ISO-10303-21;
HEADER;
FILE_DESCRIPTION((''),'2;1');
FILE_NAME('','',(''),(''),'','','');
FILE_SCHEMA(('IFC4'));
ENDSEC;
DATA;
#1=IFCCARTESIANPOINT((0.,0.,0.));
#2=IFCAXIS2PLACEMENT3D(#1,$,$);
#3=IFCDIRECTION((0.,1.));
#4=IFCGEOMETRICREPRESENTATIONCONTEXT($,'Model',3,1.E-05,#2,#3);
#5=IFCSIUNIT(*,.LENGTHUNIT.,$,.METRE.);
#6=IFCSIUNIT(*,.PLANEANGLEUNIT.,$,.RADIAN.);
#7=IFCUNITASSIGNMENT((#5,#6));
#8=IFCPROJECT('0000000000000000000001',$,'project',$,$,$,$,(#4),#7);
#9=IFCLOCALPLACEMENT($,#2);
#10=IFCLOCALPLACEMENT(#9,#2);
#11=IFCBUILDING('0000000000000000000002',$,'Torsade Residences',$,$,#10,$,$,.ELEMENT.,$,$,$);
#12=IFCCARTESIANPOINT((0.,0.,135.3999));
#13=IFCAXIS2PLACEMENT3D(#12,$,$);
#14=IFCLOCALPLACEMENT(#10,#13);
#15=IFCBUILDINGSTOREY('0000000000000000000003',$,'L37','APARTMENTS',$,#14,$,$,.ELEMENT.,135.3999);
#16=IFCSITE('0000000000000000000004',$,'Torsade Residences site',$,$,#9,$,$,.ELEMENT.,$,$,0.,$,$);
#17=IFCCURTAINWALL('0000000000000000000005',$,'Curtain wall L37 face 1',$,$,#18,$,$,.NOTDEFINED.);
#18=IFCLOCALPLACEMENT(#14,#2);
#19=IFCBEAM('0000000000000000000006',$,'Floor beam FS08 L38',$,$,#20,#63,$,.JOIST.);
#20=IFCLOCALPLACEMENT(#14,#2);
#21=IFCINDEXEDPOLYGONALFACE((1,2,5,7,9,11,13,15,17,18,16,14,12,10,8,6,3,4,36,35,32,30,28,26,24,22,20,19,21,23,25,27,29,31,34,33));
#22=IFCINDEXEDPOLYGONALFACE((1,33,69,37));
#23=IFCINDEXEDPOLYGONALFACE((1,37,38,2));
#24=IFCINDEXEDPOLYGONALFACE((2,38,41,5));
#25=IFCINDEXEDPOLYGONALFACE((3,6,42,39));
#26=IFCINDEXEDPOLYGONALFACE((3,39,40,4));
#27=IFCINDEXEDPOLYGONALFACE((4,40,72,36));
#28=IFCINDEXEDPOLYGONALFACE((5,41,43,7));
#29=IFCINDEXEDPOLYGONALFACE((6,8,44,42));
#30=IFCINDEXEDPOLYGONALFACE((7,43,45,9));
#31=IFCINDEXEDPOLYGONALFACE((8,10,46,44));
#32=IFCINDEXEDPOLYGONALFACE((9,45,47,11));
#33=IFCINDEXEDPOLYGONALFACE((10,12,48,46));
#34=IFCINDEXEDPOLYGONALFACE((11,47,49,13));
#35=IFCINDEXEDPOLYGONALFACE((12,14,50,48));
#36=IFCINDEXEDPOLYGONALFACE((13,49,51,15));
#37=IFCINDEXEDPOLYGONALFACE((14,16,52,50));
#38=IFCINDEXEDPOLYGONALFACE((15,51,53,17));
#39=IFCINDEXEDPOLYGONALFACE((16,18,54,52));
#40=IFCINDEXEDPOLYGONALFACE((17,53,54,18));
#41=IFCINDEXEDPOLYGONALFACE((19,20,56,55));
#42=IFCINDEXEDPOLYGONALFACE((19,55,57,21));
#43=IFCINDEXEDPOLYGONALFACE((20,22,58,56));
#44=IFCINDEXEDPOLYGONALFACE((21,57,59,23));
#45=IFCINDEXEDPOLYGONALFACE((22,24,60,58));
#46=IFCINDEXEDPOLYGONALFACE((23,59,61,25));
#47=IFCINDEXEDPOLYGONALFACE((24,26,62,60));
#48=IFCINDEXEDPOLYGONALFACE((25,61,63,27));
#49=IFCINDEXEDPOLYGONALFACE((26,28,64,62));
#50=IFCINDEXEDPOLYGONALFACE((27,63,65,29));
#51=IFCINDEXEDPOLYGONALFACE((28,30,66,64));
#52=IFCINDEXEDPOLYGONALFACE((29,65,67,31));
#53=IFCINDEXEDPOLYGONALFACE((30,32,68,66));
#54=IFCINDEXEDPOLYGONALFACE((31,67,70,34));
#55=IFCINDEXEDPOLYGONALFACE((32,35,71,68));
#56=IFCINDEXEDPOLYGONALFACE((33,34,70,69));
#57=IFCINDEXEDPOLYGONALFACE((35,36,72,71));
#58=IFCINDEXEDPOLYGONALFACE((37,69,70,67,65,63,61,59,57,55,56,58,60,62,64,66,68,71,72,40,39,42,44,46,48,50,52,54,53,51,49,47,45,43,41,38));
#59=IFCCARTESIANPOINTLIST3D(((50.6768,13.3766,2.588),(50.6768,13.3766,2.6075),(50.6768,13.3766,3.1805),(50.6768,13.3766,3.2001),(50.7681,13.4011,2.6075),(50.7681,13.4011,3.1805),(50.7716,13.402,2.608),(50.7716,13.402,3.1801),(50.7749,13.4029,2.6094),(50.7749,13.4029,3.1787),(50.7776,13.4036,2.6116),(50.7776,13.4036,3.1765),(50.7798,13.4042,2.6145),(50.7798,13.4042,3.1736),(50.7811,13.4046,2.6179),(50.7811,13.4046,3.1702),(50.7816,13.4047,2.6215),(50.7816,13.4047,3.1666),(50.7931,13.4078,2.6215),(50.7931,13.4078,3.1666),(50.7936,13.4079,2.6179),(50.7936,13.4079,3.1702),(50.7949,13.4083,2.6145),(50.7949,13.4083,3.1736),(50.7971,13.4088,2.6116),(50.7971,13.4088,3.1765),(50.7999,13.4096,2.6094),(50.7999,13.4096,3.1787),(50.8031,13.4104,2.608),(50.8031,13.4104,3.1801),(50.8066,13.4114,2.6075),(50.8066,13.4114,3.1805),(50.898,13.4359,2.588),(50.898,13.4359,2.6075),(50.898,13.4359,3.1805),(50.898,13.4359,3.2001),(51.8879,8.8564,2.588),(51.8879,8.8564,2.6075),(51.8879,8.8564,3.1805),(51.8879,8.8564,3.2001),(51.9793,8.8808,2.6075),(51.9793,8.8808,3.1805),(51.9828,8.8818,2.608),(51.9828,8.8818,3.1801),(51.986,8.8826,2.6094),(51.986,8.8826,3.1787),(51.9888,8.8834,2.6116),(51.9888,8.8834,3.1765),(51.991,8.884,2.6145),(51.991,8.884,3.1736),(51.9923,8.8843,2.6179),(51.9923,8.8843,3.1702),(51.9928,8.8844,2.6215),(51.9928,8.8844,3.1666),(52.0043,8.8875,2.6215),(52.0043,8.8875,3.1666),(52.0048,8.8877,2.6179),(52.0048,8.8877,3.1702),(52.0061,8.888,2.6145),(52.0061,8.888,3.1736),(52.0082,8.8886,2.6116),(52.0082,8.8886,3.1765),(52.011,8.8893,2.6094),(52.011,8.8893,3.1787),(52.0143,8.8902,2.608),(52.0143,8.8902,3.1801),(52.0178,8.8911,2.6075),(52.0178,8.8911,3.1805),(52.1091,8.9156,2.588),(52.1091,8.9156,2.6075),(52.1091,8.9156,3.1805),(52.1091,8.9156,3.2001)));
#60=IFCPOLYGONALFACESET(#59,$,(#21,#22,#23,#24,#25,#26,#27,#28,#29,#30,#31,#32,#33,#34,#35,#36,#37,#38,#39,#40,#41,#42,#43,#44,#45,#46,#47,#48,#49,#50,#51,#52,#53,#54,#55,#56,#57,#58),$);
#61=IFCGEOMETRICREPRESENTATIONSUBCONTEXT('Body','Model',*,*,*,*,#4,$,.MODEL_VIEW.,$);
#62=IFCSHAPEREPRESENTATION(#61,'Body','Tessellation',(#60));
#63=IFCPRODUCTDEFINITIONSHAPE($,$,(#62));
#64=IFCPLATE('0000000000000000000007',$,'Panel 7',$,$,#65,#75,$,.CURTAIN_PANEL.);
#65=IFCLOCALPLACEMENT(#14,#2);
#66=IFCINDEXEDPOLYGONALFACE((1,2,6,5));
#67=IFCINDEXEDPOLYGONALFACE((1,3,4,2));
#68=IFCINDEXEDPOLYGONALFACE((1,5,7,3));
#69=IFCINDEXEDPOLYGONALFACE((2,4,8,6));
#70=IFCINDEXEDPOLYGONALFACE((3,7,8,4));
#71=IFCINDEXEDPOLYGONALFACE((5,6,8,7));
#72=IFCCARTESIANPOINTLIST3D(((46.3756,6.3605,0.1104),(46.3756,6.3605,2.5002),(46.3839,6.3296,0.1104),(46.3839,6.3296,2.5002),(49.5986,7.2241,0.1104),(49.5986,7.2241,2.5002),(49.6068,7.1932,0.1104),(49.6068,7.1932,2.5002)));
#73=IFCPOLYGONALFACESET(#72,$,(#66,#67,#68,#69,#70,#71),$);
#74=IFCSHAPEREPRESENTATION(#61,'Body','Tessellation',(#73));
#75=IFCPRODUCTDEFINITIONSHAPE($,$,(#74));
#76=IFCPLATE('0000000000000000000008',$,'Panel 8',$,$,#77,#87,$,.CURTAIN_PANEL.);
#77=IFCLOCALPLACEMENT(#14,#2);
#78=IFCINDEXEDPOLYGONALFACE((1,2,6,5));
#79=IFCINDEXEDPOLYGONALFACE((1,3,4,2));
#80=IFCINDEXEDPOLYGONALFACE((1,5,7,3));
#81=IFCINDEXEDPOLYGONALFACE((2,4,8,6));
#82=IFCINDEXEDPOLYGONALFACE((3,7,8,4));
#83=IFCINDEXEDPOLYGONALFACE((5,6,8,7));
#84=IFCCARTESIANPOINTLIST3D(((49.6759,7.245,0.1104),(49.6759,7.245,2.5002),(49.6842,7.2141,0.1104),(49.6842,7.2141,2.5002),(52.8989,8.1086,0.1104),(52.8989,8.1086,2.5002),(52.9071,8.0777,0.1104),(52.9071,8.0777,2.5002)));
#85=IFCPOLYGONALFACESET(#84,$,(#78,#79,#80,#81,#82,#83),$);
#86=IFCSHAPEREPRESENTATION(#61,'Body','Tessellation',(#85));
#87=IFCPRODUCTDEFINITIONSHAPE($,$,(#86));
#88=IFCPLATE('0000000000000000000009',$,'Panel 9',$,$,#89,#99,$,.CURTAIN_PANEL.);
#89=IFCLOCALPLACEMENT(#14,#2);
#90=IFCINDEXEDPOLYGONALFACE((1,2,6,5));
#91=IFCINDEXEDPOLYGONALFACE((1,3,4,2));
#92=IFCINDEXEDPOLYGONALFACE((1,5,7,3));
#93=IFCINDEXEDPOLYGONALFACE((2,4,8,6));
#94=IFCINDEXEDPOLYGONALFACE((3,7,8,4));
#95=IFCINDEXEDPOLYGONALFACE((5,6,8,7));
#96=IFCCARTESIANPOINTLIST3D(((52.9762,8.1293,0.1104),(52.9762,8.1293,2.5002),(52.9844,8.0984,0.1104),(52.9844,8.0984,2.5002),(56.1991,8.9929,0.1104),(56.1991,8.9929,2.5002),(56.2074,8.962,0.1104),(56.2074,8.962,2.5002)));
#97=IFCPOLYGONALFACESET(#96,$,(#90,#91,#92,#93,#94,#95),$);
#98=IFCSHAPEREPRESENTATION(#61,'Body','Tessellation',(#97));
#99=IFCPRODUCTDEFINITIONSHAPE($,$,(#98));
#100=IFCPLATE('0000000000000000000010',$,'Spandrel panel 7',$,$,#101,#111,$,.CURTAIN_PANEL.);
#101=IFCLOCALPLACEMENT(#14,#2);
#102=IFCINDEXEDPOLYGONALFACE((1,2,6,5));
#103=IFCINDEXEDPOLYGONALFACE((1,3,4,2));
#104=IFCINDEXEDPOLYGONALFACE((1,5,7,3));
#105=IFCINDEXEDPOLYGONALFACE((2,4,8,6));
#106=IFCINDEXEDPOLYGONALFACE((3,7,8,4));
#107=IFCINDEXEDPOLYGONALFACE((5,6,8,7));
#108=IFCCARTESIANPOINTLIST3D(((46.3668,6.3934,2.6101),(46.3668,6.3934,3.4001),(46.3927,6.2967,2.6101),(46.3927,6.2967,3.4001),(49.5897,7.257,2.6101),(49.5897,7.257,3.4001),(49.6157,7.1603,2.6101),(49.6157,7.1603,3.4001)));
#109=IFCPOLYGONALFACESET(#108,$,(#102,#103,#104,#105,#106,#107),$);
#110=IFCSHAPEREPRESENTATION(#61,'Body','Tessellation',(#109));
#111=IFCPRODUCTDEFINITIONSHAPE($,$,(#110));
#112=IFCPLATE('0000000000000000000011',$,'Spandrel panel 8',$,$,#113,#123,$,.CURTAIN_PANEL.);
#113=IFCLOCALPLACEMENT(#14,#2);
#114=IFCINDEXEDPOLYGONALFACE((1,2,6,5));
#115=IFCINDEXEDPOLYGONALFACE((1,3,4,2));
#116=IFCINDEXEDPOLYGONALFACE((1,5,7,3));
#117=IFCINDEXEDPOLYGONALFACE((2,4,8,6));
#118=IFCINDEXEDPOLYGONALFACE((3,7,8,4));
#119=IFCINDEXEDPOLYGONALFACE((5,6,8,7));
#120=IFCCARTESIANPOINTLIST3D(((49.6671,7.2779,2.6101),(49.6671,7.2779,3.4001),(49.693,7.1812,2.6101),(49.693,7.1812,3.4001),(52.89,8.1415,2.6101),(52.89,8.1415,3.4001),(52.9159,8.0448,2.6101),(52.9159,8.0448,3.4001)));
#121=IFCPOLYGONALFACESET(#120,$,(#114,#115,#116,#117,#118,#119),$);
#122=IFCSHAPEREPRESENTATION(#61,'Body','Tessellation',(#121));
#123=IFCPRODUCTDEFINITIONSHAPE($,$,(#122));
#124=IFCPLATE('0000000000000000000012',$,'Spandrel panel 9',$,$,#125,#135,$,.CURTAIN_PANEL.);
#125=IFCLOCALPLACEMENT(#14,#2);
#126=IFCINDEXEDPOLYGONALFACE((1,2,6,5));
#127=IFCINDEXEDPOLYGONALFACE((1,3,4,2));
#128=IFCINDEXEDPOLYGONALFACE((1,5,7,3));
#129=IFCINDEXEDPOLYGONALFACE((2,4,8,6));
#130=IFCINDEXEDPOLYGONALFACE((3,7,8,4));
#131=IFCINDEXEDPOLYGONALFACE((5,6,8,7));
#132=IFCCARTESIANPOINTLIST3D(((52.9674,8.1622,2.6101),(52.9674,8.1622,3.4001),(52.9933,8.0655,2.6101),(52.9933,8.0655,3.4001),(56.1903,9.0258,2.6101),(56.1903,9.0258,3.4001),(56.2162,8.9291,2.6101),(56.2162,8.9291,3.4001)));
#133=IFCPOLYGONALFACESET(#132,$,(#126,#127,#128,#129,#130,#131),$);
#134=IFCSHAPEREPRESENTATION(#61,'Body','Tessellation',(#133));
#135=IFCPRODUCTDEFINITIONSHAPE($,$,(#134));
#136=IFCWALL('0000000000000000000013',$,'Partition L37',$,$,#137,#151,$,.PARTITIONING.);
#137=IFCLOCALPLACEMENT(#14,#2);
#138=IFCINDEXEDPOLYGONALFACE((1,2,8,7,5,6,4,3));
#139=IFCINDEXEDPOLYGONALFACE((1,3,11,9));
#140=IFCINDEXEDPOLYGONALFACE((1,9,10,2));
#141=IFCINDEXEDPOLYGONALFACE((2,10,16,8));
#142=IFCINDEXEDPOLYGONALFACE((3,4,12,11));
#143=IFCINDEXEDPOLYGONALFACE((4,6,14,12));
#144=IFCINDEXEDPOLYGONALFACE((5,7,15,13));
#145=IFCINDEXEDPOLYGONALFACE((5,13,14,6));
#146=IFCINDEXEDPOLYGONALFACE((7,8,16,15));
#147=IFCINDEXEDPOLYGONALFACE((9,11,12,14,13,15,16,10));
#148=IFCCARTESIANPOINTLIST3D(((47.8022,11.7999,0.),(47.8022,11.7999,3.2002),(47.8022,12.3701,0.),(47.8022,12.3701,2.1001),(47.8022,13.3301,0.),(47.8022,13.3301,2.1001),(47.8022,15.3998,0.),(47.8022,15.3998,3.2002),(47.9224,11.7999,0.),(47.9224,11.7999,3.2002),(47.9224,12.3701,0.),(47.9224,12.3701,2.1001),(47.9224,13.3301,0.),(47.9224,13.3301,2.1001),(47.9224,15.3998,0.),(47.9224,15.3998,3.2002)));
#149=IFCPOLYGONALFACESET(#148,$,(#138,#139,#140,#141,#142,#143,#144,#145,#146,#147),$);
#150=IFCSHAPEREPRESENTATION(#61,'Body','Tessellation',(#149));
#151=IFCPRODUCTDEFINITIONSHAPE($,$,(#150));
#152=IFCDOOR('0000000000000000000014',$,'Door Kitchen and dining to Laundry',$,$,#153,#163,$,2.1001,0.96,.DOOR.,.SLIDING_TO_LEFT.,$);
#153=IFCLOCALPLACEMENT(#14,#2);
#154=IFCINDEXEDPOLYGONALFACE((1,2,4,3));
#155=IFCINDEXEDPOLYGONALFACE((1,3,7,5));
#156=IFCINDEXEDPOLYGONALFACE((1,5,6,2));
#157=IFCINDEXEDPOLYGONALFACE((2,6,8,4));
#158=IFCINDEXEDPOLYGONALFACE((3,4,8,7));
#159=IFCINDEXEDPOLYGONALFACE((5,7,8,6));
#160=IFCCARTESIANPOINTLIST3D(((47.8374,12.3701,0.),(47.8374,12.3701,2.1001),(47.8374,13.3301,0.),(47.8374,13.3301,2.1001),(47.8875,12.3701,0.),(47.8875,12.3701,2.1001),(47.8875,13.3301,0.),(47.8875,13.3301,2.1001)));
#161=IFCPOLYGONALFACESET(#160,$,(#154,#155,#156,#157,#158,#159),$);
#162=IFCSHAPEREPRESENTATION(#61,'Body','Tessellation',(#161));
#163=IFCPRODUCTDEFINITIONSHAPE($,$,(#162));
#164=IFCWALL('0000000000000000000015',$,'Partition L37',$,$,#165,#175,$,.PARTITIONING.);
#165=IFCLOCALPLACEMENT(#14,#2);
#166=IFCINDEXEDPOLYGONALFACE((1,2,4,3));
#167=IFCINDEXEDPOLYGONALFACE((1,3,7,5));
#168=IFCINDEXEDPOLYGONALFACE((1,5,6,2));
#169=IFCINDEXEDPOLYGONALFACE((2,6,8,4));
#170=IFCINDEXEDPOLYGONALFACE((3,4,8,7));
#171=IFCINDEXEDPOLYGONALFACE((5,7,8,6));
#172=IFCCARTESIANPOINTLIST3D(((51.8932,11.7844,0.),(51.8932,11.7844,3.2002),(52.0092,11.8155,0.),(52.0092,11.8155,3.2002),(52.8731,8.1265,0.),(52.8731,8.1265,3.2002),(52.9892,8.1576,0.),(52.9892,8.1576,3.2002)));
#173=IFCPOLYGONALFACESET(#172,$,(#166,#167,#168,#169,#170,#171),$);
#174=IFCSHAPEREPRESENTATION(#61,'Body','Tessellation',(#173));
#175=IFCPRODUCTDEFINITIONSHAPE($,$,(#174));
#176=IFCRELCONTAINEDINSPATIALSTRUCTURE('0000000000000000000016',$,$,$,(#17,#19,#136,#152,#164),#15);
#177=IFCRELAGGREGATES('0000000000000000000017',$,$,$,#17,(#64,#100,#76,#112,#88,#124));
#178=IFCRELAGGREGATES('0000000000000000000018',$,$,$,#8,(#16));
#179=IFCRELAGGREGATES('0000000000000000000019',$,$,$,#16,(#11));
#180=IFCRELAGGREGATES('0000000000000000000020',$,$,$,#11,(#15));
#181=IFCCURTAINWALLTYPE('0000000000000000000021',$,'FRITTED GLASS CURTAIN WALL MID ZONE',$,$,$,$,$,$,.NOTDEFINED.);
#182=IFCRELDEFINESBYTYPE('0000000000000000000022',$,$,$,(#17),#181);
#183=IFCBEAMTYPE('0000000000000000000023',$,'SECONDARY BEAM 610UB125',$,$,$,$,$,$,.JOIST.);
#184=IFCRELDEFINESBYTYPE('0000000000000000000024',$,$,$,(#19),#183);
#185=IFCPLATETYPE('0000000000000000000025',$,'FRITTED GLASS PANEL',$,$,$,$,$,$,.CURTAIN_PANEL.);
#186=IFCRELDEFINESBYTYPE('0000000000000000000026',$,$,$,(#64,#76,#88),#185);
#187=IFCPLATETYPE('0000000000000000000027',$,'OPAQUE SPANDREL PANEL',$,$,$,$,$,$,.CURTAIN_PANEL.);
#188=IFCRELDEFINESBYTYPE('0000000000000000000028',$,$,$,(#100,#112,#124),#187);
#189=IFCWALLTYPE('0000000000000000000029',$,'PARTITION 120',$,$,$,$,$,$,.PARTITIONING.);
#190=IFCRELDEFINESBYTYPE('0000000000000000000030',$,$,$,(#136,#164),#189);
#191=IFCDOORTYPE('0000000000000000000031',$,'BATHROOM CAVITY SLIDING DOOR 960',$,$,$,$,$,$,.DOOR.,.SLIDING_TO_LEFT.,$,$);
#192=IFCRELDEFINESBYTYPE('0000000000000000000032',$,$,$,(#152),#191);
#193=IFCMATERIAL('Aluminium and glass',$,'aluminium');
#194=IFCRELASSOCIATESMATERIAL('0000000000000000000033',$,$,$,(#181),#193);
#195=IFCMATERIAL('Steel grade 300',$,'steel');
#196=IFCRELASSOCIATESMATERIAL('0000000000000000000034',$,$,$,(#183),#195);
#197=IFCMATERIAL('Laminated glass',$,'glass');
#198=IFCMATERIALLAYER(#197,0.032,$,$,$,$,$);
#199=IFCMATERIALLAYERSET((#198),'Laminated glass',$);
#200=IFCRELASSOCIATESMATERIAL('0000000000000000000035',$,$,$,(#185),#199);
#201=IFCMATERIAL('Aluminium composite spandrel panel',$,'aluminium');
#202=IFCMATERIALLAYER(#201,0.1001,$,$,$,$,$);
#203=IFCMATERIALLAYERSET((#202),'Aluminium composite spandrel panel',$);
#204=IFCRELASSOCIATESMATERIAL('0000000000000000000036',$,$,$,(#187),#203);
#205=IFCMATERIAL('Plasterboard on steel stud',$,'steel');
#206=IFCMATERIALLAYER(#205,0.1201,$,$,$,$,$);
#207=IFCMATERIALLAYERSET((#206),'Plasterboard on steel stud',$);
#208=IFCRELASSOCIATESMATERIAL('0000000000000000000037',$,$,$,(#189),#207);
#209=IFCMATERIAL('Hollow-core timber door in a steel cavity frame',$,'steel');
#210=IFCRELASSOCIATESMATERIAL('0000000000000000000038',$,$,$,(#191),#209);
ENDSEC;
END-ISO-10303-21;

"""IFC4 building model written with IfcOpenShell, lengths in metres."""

from ifc_helpers import new_model, si_unit, direction, frame, frame_2d, origin, origin_2d, place, context, subcontext, project, spatial, rectangle, i_section, extrude, material, layer, layer_set, material_profile, profile_set, type_object, element, fill, aggregate, save


model = new_model("IFC4")

# Units and contexts
model_context = context("Model", 3, precision=1e-05, world=origin(), true_north=direction((0.0, 1.0)))
body_context = subcontext(model_context, "Body", "Model", "MODEL_VIEW")
ifc_project = project(units=[si_unit("LENGTHUNIT", "METRE"), si_unit("PLANEANGLEUNIT", "RADIAN")], contexts=[model_context])

# Site, building, storey
site_placement = place(None, origin())
site = spatial("IfcSite", under=ifc_project, at=site_placement, Name="Torsade Residences site", CompositionType="ELEMENT", RefElevation=0.0)
building_placement = place(site_placement, origin())
building = spatial("IfcBuilding", under=site, at=building_placement, Name="Torsade Residences", CompositionType="ELEMENT")
storey_placement = place(building_placement, frame((0.0, 0.0, 135.3999)))
storey = spatial("IfcBuildingStorey", under=building, at=storey_placement, Name="L37", Description="APARTMENTS", CompositionType="ELEMENT", Elevation=135.3999)

# Curtain wall
ifc_material_1 = material(Name="Aluminium and glass", Category="aluminium")
curtain_wall_type = type_object("IfcCurtainWallType", Name="FRITTED GLASS CURTAIN WALL MID ZONE", PredefinedType="NOTDEFINED", material=ifc_material_1)
curtain_wall_placement = place(storey_placement, origin())
curtain_wall = element("IfcCurtainWall", 1, at=curtain_wall_placement, inside=storey, type_object=curtain_wall_type, Name="Curtain wall L37 face 1", PredefinedType="NOTDEFINED")

# Beam
ifc_material_2 = material(Name="Steel grade 300", Category="steel")
ifc_material_profile_1 = material_profile(ifc_material_2, i_section(OverallWidth=0.229, OverallDepth=0.6121, WebThickness=0.012, FlangeThickness=0.0195, FilletRadius=0.0139, at=origin_2d()), Name="610UB125")
ifc_profile_set_1 = profile_set([ifc_material_profile_1], Name="Steel grade 300")
beam_type = type_object("IfcBeamType", Name="SECONDARY BEAM 610UB125", PredefinedType="JOIST", material=ifc_profile_set_1)
beam_1_placement = place(storey_placement, frame((51.9985, 8.886, 2.894), z_axis=(-0.258815, 0.965927, 0.0), x_axis=(-0.965927, -0.258815, 0.0)))
element("IfcBeam", 2, at=beam_1_placement, inside=storey, type_object=beam_type, Name="Floor beam FS08 L38", PredefinedType="JOIST", context=body_context, shape_type="SweptSolid", body=[
    extrude(i_section(OverallWidth=0.229, OverallDepth=0.6121, WebThickness=0.012, FlangeThickness=0.0195, FilletRadius=0.0139, at=origin_2d()), origin(), (0.0, 0.0, 1.0), 4.6797),
])

# Plates
ifc_material_3 = material(Name="Laminated glass", Category="glass")
ifc_layer_1 = layer(ifc_material_3, 0.032)
ifc_layer_set_1 = layer_set([ifc_layer_1], Name="Laminated glass")
plate_type_1 = type_object("IfcPlateType", Name="FRITTED GLASS PANEL", PredefinedType="CURTAIN_PANEL", material=ifc_layer_set_1)
plate_1_placement = place(storey_placement, frame((47.9912, 6.7769, 0.1104), z_axis=(0.0, 0.0, 1.0), x_axis=(0.965926, 0.258819, 0.0)))
plate_1 = element("IfcPlate", 3, at=plate_1_placement, type_object=plate_type_1, Name="Panel 7", PredefinedType="CURTAIN_PANEL", context=body_context, shape_type="SweptSolid", body=[
    extrude(rectangle(XDim=3.3367, YDim=0.032, at=origin_2d()), origin(), (0.0, 0.0, 1.0), 2.3899),
])
plate_2_placement = place(storey_placement, frame((51.2915, 7.6614, 0.1104), z_axis=(0.0, 0.0, 1.0), x_axis=(0.965926, 0.258819, 0.0)))
plate_2 = element("IfcPlate", 4, at=plate_2_placement, type_object=plate_type_1, Name="Panel 8", PredefinedType="CURTAIN_PANEL", context=body_context, shape_type="SweptSolid", body=[
    extrude(rectangle(XDim=3.3367, YDim=0.032, at=origin_2d()), origin(), (0.0, 0.0, 1.0), 2.3899),
])
plate_3_placement = place(storey_placement, frame((54.5918, 8.5457, 0.1104), z_axis=(0.0, 0.0, 1.0), x_axis=(0.965926, 0.258819, 0.0)))
plate_3 = element("IfcPlate", 5, at=plate_3_placement, type_object=plate_type_1, Name="Panel 9", PredefinedType="CURTAIN_PANEL", context=body_context, shape_type="SweptSolid", body=[
    extrude(rectangle(XDim=3.3367, YDim=0.032, at=origin_2d()), origin(), (0.0, 0.0, 1.0), 2.3899),
])
ifc_material_4 = material(Name="Aluminium composite spandrel panel", Category="aluminium")
ifc_layer_2 = layer(ifc_material_4, 0.1001)
ifc_layer_set_2 = layer_set([ifc_layer_2], Name="Aluminium composite spandrel panel")
plate_type_2 = type_object("IfcPlateType", Name="OPAQUE SPANDREL PANEL", PredefinedType="CURTAIN_PANEL", material=ifc_layer_set_2)
plate_4_placement = place(storey_placement, frame((47.9912, 6.7769, 2.6101), z_axis=(0.0, 0.0, 1.0), x_axis=(0.965926, 0.258819, 0.0)))
plate_4 = element("IfcPlate", 6, at=plate_4_placement, type_object=plate_type_2, Name="Spandrel panel 7", PredefinedType="CURTAIN_PANEL", context=body_context, shape_type="SweptSolid", body=[
    extrude(rectangle(XDim=3.3367, YDim=0.1001, at=origin_2d()), origin(), (0.0, 0.0, 1.0), 0.79),
])
plate_5_placement = place(storey_placement, frame((51.2915, 7.6614, 2.6101), z_axis=(0.0, 0.0, 1.0), x_axis=(0.965926, 0.258819, 0.0)))
plate_5 = element("IfcPlate", 7, at=plate_5_placement, type_object=plate_type_2, Name="Spandrel panel 8", PredefinedType="CURTAIN_PANEL", context=body_context, shape_type="SweptSolid", body=[
    extrude(rectangle(XDim=3.3367, YDim=0.1001, at=origin_2d()), origin(), (0.0, 0.0, 1.0), 0.79),
])
plate_6_placement = place(storey_placement, frame((54.5918, 8.5457, 2.6101), z_axis=(0.0, 0.0, 1.0), x_axis=(0.965926, 0.258819, 0.0)))
plate_6 = element("IfcPlate", 8, at=plate_6_placement, type_object=plate_type_2, Name="Spandrel panel 9", PredefinedType="CURTAIN_PANEL", context=body_context, shape_type="SweptSolid", body=[
    extrude(rectangle(XDim=3.3367, YDim=0.1001, at=origin_2d()), origin(), (0.0, 0.0, 1.0), 0.79),
])
aggregate(curtain_wall, [plate_1, plate_4, plate_2, plate_5, plate_3, plate_6])

# Wall, opening, door
ifc_material_5 = material(Name="Plasterboard on steel stud", Category="steel")
ifc_layer_3 = layer(ifc_material_5, 0.1201)
ifc_layer_set_3 = layer_set([ifc_layer_3], Name="Plasterboard on steel stud")
wall_type = type_object("IfcWallType", Name="PARTITION 120", PredefinedType="PARTITIONING", material=ifc_layer_set_3)
wall_1_placement = place(storey_placement, frame((47.8623, 11.8, 0.0), z_axis=(0.0, 0.0, 1.0), x_axis=(0.0, 1.0, 0.0)))
wall_1 = element("IfcWall", 9, at=wall_1_placement, inside=storey, type_object=wall_type, Name="Partition L37", PredefinedType="PARTITIONING", context=body_context, shape_type="SweptSolid", body=[
    extrude(rectangle(XDim=3.5999, YDim=0.1201, at=frame_2d((1.7998, 0.0))), origin(), (0.0, 0.0, 1.0), 3.2002),
])
opening_placement = place(wall_1_placement, frame((0.5701, 0.0, 0.0)))
opening = element("IfcOpeningElement", 10, at=opening_placement, cuts=wall_1, PredefinedType="OPENING", context=body_context, shape_type="SweptSolid", body=[
    extrude(rectangle(XDim=0.96, YDim=2.1001, at=frame_2d((0.48, 1.05))), frame((0.0, 0.0701, 0.0), z_axis=(0.0, -1.0, 0.0), x_axis=(1.0, 0.0, 0.0)), (0.0, 0.0, 1.0), 0.1401),
])
ifc_material_6 = material(Name="Hollow-core timber door in a steel cavity frame", Category="steel")
door_type = type_object("IfcDoorType", Name="BATHROOM CAVITY SLIDING DOOR 960", OperationType="SLIDING_TO_LEFT", PredefinedType="DOOR", material=ifc_material_6)
door_placement = place(opening_placement, origin())
door = element("IfcDoor", 11, at=door_placement, inside=storey, type_object=door_type, Name="Door Kitchen and dining to Laundry", OperationType="SLIDING_TO_LEFT", OverallHeight=2.1001, OverallWidth=0.96, PredefinedType="DOOR", context=body_context, shape_type="SweptSolid", body=[
    extrude(rectangle(XDim=0.96, YDim=2.1001, at=frame_2d((0.48, 1.05))), frame((0.0, 0.0249, 0.0), z_axis=(0.0, -1.0, 0.0), x_axis=(1.0, 0.0, 0.0)), (0.0, 0.0, 1.0), 0.05),
])
fill(opening, door)

# Wall
wall_2_placement = place(storey_placement, frame((51.9512, 11.8, 0.0), z_axis=(0.0, 0.0, 1.0), x_axis=(0.258778, -0.965937, 0.0)))
element("IfcWall", 12, at=wall_2_placement, inside=storey, type_object=wall_type, Name="Partition L37", PredefinedType="PARTITIONING", context=body_context, shape_type="SweptSolid", body=[
    extrude(rectangle(XDim=3.7869, YDim=0.1201, at=frame_2d((1.8936, 0.0))), origin(), (0.0, 0.0, 1.0), 3.2002),
])

save(model, "model.ifc")
